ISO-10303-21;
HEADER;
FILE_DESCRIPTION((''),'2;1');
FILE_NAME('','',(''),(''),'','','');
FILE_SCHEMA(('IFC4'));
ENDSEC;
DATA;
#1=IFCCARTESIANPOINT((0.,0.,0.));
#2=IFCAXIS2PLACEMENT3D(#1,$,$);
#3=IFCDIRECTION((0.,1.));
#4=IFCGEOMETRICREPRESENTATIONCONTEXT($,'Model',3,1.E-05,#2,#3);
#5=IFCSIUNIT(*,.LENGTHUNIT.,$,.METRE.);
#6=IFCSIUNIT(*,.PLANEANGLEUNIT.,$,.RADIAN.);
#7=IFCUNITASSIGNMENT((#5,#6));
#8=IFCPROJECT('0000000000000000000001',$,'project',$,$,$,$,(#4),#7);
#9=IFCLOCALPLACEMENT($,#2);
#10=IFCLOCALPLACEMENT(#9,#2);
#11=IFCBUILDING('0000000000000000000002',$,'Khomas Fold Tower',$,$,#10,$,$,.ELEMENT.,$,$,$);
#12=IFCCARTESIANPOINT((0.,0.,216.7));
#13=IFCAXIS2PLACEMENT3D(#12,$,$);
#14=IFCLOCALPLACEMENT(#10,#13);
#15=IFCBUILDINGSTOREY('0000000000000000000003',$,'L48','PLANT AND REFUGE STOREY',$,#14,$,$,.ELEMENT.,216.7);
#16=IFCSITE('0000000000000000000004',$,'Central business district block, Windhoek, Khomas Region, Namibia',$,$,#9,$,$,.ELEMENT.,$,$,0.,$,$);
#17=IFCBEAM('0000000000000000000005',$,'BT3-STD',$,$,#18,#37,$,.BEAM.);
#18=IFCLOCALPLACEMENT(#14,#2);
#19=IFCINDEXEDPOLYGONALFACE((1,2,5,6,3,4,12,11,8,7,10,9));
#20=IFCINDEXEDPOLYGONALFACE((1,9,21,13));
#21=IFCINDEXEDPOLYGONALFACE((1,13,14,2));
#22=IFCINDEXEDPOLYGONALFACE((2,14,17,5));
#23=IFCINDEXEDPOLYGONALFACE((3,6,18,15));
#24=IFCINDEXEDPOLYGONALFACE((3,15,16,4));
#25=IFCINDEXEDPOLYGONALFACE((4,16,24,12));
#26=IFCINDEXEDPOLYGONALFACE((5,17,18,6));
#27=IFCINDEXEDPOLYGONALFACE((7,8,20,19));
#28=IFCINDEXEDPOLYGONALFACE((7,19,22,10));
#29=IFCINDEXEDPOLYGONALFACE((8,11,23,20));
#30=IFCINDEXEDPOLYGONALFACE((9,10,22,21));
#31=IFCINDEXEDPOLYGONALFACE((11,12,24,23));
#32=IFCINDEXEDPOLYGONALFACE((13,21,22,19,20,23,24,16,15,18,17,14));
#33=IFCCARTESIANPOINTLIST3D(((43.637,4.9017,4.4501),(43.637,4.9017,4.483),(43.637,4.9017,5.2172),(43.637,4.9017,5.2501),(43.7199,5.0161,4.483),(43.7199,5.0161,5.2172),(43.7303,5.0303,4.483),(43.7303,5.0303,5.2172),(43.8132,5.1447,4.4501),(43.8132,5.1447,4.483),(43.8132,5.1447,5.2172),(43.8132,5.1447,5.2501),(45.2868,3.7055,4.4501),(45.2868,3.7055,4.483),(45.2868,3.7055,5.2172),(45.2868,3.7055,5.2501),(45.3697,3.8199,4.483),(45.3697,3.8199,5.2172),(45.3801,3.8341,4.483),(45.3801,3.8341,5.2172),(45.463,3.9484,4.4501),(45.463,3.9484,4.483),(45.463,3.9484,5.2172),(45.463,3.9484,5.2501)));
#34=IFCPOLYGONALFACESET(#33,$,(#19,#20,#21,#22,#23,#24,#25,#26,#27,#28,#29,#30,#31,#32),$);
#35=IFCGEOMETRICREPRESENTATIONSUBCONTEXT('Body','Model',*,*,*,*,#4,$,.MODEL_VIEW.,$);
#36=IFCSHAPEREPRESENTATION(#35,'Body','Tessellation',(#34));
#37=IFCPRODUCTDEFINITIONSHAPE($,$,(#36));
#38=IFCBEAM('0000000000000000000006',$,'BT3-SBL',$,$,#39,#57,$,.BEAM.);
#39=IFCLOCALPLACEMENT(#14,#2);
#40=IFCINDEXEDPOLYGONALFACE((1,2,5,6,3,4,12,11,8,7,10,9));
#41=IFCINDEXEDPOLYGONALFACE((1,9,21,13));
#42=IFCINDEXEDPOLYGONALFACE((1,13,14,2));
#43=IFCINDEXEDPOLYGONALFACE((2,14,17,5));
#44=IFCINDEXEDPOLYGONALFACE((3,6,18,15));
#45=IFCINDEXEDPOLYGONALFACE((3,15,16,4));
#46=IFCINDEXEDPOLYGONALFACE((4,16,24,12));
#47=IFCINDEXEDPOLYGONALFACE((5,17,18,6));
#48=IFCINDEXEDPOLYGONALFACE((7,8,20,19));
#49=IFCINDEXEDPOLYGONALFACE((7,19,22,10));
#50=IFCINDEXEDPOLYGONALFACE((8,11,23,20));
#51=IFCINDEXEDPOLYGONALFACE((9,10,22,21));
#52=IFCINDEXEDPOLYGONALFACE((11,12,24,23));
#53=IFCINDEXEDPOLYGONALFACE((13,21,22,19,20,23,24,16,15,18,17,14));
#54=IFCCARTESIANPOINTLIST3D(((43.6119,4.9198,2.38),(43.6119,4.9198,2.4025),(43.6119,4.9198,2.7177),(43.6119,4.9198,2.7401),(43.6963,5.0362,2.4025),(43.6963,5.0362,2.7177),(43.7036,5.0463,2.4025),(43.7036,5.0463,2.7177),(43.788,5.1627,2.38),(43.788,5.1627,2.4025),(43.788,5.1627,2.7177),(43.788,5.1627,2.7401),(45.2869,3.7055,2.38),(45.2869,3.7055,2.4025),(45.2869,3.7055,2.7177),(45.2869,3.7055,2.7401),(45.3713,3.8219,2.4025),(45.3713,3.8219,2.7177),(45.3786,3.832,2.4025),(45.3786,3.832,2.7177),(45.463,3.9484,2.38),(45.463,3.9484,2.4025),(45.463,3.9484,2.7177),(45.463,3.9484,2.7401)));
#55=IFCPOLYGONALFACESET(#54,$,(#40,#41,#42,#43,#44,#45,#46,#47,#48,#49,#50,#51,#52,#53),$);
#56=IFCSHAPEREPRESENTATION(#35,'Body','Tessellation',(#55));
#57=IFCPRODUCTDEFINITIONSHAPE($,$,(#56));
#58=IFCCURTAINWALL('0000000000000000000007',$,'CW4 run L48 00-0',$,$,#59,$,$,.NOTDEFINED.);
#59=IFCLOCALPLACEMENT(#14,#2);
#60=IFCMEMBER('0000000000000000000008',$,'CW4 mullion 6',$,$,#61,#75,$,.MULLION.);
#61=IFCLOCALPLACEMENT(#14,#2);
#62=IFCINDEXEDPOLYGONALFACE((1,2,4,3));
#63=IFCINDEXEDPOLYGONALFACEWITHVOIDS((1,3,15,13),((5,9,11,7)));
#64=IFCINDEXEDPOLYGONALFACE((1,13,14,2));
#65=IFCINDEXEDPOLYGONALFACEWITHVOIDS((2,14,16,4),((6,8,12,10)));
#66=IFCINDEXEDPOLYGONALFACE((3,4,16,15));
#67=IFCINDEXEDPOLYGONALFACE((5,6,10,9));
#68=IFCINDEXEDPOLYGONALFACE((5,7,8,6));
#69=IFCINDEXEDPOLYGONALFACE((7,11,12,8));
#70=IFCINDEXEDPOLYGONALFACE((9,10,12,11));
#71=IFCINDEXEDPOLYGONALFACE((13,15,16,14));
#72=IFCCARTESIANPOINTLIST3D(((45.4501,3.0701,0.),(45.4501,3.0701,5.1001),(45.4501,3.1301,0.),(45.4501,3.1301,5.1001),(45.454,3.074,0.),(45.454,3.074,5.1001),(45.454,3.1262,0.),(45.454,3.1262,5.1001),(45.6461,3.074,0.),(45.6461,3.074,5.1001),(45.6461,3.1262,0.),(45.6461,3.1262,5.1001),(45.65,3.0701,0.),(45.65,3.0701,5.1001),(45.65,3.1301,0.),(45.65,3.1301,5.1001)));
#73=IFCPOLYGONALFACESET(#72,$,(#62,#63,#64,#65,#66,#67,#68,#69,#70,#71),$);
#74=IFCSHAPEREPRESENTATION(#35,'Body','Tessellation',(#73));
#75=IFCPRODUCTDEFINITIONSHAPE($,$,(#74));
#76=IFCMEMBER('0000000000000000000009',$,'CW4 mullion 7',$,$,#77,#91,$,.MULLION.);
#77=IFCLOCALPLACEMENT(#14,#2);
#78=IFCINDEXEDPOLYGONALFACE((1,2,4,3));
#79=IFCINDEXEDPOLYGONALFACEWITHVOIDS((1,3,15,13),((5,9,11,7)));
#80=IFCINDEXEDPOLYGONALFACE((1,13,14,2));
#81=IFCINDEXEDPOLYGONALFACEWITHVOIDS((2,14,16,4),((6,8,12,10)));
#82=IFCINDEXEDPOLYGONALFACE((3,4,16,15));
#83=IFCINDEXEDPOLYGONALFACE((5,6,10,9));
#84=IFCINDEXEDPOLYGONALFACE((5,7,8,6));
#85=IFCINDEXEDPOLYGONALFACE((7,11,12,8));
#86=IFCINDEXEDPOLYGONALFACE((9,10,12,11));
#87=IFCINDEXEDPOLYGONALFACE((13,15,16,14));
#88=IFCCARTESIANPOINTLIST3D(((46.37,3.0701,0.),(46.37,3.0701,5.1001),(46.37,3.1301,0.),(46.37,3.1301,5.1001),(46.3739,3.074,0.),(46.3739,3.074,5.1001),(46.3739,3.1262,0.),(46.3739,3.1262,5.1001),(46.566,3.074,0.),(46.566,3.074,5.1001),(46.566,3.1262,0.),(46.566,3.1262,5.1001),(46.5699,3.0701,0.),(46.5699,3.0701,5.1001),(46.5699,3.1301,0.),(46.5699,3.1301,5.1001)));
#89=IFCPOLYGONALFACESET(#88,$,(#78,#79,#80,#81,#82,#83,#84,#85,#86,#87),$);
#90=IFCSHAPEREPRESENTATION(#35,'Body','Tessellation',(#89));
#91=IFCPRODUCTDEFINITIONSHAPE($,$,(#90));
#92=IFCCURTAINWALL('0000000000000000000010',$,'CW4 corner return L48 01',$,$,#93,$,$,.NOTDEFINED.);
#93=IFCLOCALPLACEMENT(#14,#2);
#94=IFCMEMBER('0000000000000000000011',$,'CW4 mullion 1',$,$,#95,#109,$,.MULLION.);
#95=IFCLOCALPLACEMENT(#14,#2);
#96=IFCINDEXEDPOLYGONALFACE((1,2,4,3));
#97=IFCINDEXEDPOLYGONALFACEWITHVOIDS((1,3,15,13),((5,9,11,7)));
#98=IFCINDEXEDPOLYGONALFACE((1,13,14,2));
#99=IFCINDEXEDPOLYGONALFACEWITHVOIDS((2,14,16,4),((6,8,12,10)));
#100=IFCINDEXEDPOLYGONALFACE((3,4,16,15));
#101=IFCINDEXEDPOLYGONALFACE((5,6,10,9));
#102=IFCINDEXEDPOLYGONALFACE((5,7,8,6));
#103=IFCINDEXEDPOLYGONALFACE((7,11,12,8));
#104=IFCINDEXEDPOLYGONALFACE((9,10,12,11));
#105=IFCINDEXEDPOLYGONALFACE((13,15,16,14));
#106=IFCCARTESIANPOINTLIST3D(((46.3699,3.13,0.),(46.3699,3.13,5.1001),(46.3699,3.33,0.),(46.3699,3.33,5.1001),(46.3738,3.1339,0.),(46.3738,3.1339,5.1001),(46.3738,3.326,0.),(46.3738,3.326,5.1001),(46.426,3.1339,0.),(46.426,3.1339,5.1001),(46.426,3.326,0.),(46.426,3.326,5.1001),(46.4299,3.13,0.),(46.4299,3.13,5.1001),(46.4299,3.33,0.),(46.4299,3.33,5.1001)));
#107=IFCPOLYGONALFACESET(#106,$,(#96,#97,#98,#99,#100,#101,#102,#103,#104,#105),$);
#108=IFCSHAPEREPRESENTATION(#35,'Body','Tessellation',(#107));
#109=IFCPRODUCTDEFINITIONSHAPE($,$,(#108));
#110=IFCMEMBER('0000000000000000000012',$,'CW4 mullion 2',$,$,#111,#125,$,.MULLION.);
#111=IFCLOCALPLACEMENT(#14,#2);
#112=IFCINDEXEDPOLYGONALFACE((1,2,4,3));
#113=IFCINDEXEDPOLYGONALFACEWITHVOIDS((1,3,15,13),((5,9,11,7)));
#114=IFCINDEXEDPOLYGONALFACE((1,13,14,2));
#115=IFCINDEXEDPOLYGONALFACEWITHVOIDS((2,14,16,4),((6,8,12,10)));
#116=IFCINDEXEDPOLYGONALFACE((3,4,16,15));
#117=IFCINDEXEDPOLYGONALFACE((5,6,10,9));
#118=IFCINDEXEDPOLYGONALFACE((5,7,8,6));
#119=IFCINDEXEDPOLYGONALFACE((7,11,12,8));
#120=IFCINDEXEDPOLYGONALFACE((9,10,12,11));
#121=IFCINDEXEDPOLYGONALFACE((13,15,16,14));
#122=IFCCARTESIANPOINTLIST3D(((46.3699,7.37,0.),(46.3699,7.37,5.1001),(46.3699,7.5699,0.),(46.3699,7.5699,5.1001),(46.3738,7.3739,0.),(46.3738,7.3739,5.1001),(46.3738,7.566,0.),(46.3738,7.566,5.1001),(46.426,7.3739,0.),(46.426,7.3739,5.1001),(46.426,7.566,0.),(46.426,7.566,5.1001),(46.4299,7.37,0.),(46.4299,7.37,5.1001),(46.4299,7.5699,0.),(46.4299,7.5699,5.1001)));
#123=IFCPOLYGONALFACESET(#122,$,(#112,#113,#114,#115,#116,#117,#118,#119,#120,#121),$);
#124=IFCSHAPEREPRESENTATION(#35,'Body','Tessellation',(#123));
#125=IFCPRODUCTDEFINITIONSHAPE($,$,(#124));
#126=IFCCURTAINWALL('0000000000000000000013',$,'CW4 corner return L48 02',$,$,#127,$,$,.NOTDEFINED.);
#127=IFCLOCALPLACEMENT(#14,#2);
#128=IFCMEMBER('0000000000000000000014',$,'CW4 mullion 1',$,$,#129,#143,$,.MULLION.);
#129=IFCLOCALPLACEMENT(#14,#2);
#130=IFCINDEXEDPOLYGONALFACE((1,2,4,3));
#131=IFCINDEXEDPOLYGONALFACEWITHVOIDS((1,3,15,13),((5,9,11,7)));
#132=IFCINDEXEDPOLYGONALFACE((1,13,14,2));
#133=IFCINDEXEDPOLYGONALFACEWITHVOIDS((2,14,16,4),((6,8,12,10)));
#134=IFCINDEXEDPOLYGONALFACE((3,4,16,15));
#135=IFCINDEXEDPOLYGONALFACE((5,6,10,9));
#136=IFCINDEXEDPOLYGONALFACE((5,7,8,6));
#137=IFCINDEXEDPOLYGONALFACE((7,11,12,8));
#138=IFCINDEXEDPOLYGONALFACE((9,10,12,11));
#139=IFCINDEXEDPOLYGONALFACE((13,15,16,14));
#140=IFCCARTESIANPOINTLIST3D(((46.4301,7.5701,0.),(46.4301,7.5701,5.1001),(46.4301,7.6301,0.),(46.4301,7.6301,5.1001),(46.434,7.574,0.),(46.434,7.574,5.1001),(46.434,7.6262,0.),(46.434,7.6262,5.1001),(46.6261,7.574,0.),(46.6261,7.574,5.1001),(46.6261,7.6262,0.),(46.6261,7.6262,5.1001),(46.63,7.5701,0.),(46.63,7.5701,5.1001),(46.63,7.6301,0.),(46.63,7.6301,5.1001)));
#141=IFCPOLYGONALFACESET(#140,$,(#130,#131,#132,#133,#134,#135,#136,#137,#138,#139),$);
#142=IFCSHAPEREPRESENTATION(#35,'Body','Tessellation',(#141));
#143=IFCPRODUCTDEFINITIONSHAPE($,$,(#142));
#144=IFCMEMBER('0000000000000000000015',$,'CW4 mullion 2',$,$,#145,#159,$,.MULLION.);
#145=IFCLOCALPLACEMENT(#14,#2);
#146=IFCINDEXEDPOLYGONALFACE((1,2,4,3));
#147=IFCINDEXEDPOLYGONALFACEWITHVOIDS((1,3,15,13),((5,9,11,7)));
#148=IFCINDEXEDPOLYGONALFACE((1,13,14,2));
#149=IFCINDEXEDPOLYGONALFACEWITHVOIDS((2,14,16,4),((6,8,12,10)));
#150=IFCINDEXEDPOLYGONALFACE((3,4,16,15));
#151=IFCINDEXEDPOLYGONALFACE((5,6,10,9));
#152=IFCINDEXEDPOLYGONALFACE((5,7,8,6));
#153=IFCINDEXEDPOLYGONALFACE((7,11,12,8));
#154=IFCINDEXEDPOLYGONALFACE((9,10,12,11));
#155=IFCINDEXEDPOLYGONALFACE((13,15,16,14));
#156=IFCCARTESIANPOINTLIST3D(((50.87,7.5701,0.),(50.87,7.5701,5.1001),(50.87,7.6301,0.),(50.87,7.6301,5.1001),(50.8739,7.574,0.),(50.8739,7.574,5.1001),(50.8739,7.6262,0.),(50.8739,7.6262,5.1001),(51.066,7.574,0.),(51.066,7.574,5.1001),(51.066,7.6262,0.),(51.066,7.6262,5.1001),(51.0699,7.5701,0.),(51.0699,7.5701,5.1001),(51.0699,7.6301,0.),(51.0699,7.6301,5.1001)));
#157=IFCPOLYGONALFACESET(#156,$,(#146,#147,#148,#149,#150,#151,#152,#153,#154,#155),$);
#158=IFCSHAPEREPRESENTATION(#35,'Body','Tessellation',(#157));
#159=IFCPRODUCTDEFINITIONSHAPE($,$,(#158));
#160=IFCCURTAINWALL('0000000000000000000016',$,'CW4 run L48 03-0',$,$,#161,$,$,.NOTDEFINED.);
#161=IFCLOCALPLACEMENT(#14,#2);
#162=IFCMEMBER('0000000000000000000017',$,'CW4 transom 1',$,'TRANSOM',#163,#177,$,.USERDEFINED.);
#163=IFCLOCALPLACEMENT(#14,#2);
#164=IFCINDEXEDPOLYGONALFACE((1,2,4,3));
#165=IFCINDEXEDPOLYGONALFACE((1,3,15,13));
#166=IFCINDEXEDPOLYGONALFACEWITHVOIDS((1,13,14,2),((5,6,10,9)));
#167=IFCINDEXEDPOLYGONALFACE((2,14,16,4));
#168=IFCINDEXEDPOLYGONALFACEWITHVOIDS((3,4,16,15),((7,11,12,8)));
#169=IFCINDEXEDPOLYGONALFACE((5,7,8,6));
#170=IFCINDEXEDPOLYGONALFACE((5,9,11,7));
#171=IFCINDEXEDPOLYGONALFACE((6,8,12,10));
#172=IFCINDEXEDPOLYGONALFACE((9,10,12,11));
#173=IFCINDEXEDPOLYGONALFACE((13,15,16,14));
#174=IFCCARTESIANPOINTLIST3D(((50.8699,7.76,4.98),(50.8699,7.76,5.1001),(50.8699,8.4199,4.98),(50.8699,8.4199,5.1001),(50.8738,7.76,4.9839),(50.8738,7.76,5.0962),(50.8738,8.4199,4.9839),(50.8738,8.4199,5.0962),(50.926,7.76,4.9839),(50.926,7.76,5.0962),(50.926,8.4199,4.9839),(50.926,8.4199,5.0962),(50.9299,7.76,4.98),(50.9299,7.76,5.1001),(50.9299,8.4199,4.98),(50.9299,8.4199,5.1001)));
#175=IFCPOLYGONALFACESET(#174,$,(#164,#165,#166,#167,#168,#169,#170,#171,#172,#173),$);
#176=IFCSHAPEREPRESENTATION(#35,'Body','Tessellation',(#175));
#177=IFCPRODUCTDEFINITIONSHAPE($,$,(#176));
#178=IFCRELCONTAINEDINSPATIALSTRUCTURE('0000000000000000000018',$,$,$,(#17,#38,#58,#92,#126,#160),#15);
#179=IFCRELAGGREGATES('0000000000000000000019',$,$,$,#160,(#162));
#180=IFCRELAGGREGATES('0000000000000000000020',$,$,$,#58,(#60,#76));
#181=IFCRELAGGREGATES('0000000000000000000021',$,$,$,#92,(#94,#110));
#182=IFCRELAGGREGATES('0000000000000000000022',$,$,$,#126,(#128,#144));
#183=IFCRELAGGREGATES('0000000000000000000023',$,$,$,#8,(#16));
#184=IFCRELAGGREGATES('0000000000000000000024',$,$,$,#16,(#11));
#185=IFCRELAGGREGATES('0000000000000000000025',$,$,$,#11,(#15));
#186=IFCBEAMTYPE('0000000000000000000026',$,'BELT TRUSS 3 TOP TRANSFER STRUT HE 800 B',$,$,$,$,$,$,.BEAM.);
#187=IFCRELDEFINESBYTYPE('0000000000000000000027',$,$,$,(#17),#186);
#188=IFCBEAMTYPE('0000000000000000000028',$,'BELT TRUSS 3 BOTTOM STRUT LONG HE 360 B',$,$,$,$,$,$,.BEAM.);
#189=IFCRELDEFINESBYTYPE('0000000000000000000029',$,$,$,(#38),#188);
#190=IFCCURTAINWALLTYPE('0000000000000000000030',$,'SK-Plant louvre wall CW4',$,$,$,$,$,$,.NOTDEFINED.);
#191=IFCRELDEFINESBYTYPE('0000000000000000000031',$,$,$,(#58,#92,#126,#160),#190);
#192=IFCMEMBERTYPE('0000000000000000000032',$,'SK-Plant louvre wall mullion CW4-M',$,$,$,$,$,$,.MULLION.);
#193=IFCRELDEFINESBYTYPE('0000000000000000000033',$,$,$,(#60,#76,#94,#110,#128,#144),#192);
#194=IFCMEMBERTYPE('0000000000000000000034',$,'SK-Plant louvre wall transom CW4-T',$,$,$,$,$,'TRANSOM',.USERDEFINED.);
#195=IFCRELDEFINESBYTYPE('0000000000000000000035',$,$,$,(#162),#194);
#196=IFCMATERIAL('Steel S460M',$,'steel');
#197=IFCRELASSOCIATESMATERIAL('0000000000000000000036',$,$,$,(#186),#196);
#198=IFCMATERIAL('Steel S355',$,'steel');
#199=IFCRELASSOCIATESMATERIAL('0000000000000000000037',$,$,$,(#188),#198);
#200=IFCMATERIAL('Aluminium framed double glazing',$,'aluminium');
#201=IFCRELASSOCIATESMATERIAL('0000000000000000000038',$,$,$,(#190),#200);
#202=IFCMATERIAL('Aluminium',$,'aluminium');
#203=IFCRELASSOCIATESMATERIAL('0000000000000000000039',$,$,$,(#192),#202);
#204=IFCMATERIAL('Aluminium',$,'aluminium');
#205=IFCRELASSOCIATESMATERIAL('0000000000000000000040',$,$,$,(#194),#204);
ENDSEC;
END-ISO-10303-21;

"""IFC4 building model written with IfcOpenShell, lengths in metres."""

from ifc_helpers import new_model, si_unit, direction, frame, origin, origin_2d, place, context, subcontext, project, spatial, hollow_rectangle, i_section, extrude, source, transform, mapped, material, material_profile, profile_set, type_object, element, aggregate, save


model = new_model("IFC4")

# Units and contexts
model_context = context("Model", 3, precision=1e-05, world=origin(), true_north=direction((0.0, 1.0)))
body_context = subcontext(model_context, "Body", "Model", "MODEL_VIEW")
ifc_project = project(units=[si_unit("LENGTHUNIT", "METRE"), si_unit("PLANEANGLEUNIT", "RADIAN")], contexts=[model_context])

# Site, building, storey
site_placement = place(None, origin())
site = spatial("IfcSite", under=ifc_project, at=site_placement, Name="Central business district block, Windhoek, Khomas Region, Namibia", CompositionType="ELEMENT", RefElevation=0.0)
building_placement = place(site_placement, origin())
building = spatial("IfcBuilding", under=site, at=building_placement, Name="Khomas Fold Tower", CompositionType="ELEMENT")
storey_placement = place(building_placement, frame((0.0, 0.0, 216.7)))
storey = spatial("IfcBuildingStorey", under=building, at=storey_placement, Name="L48", Description="PLANT AND REFUGE STOREY", CompositionType="ELEMENT", Elevation=216.7)

# Beams
ifc_material_1 = material(Name="Steel S460M", Category="steel")
ifc_material_profile_1 = material_profile(ifc_material_1, i_section(OverallWidth=0.3, OverallDepth=0.8, WebThickness=0.0176, FlangeThickness=0.033, at=origin_2d()), Name="HE 800 B")
ifc_profile_set_1 = profile_set([ifc_material_profile_1], Name="Steel S460M")
beam_type_1 = type_object("IfcBeamType", Name="BELT TRUSS 3 TOP TRANSFER STRUT HE 800 B", PredefinedType="BEAM", material=ifc_profile_set_1)
shared_shape_1 = source(origin(), body_context, "Body", "SweptSolid", [
    extrude(i_section(OverallWidth=0.3, OverallDepth=0.8, WebThickness=0.0176, FlangeThickness=0.033, at=origin_2d()), origin(), (0.0, 0.0, 1.0), 2.0378),
])
beam_1_placement = place(storey_placement, frame((43.7251, 5.0232, 4.8501), z_axis=(0.809585, -0.587003, 0.0), x_axis=(0.587003, 0.809585, 0.0)))
element("IfcBeam", 1, at=beam_1_placement, inside=storey, type_object=beam_type_1, Name="BT3-STD", PredefinedType="BEAM", context=body_context, shape_type="MappedRepresentation", body=[
    mapped(shared_shape_1, transform((0.0, 0.0, 0.0))),
])
ifc_material_2 = material(Name="Steel S355", Category="steel")
ifc_material_profile_2 = material_profile(ifc_material_2, i_section(OverallWidth=0.3, OverallDepth=0.3601, WebThickness=0.0125, FlangeThickness=0.0225, at=origin_2d()), Name="HE 360 B")
ifc_profile_set_2 = profile_set([ifc_material_profile_2], Name="Steel S355")
beam_type_2 = type_object("IfcBeamType", Name="BELT TRUSS 3 BOTTOM STRUT LONG HE 360 B", PredefinedType="BEAM", material=ifc_profile_set_2)
shared_shape_2 = source(origin(), body_context, "Body", "SweptSolid", [
    extrude(i_section(OverallWidth=0.3, OverallDepth=0.3601, WebThickness=0.0125, FlangeThickness=0.0225, at=origin_2d()), origin(), (0.0, 0.0, 1.0), 2.0688),
])
beam_2_placement = place(storey_placement, frame((43.7, 5.0413, 2.5601), z_axis=(0.809623, -0.58695, 0.0), x_axis=(0.58695, 0.809623, 0.0)))
element("IfcBeam", 2, at=beam_2_placement, inside=storey, type_object=beam_type_2, Name="BT3-SBL", PredefinedType="BEAM", context=body_context, shape_type="MappedRepresentation", body=[
    mapped(shared_shape_2, transform((0.0, 0.0, 0.0))),
])

# Curtain walls, members
ifc_material_3 = material(Name="Aluminium framed double glazing", Category="aluminium")
curtain_wall_type = type_object("IfcCurtainWallType", Name="SK-Plant louvre wall CW4", PredefinedType="NOTDEFINED", material=ifc_material_3)
curtain_wall_1_placement = place(storey_placement, origin())
curtain_wall_1 = element("IfcCurtainWall", 3, at=curtain_wall_1_placement, inside=storey, type_object=curtain_wall_type, Name="CW4 run L48 00-0", PredefinedType="NOTDEFINED")
ifc_material_4 = material(Name="Aluminium", Category="aluminium")
ifc_material_profile_3 = material_profile(ifc_material_4, hollow_rectangle(XDim=0.0601, YDim=0.2, WallThickness=0.0039, at=origin_2d()), Name="SK-Plant louvre wall mullion CW4-M")
ifc_profile_set_3 = profile_set([ifc_material_profile_3], Name="Aluminium")
member_type_1 = type_object("IfcMemberType", Name="SK-Plant louvre wall mullion CW4-M", PredefinedType="MULLION", material=ifc_profile_set_3)
shared_shape_3 = source(origin(), body_context, "Body", "SweptSolid", [
    extrude(hollow_rectangle(XDim=0.0601, YDim=0.2, WallThickness=0.0039, at=origin_2d()), origin(), (0.0, 0.0, 1.0), 5.1001),
])
member_1_placement = place(storey_placement, frame((45.55, 3.1001, 0.0), z_axis=(0.0, 0.0, 1.0), x_axis=(0.0, 1.0, 0.0)))
member_1 = element("IfcMember", 4, at=member_1_placement, type_object=member_type_1, Name="CW4 mullion 6", PredefinedType="MULLION", context=body_context, shape_type="MappedRepresentation", body=[
    mapped(shared_shape_3, transform((0.0, 0.0, 0.0))),
])
member_2_placement = place(storey_placement, frame((46.47, 3.1001, 0.0), z_axis=(0.0, 0.0, 1.0), x_axis=(0.0, 1.0, 0.0)))
member_2 = element("IfcMember", 5, at=member_2_placement, type_object=member_type_1, Name="CW4 mullion 7", PredefinedType="MULLION", context=body_context, shape_type="MappedRepresentation", body=[
    mapped(shared_shape_3, transform((0.0, 0.0, 0.0))),
])
curtain_wall_2_placement = place(storey_placement, origin())
curtain_wall_2 = element("IfcCurtainWall", 6, at=curtain_wall_2_placement, inside=storey, type_object=curtain_wall_type, Name="CW4 corner return L48 01", PredefinedType="NOTDEFINED")
member_3_placement = place(storey_placement, frame((46.3999, 3.23, 0.0), z_axis=(0.0, 0.0, 1.0), x_axis=(-1.0, 0.0, 0.0)))
member_3 = element("IfcMember", 7, at=member_3_placement, type_object=member_type_1, Name="CW4 mullion 1", PredefinedType="MULLION", context=body_context, shape_type="MappedRepresentation", body=[
    mapped(shared_shape_3, transform((0.0, 0.0, 0.0))),
])
member_4_placement = place(storey_placement, frame((46.3999, 7.47, 0.0), z_axis=(0.0, 0.0, 1.0), x_axis=(-1.0, 0.0, 0.0)))
member_4 = element("IfcMember", 8, at=member_4_placement, type_object=member_type_1, Name="CW4 mullion 2", PredefinedType="MULLION", context=body_context, shape_type="MappedRepresentation", body=[
    mapped(shared_shape_3, transform((0.0, 0.0, 0.0))),
])
curtain_wall_3_placement = place(storey_placement, origin())
curtain_wall_3 = element("IfcCurtainWall", 9, at=curtain_wall_3_placement, inside=storey, type_object=curtain_wall_type, Name="CW4 corner return L48 02", PredefinedType="NOTDEFINED")
member_5_placement = place(storey_placement, frame((46.53, 7.6001, 0.0), z_axis=(0.0, 0.0, 1.0), x_axis=(0.0, 1.0, 0.0)))
member_5 = element("IfcMember", 10, at=member_5_placement, type_object=member_type_1, Name="CW4 mullion 1", PredefinedType="MULLION", context=body_context, shape_type="MappedRepresentation", body=[
    mapped(shared_shape_3, transform((0.0, 0.0, 0.0))),
])
member_6_placement = place(storey_placement, frame((50.97, 7.6001, 0.0), z_axis=(0.0, 0.0, 1.0), x_axis=(0.0, 1.0, 0.0)))
member_6 = element("IfcMember", 11, at=member_6_placement, type_object=member_type_1, Name="CW4 mullion 2", PredefinedType="MULLION", context=body_context, shape_type="MappedRepresentation", body=[
    mapped(shared_shape_3, transform((0.0, 0.0, 0.0))),
])

# Curtain wall, member
curtain_wall_4_placement = place(storey_placement, origin())
curtain_wall_4 = element("IfcCurtainWall", 12, at=curtain_wall_4_placement, inside=storey, type_object=curtain_wall_type, Name="CW4 run L48 03-0", PredefinedType="NOTDEFINED")
ifc_material_5 = material(Name="Aluminium", Category="aluminium")
ifc_material_profile_4 = material_profile(ifc_material_5, hollow_rectangle(XDim=0.0601, YDim=0.1201, WallThickness=0.0039, at=origin_2d()), Name="SK-Plant louvre wall transom CW4-T")
ifc_profile_set_4 = profile_set([ifc_material_profile_4], Name="Aluminium")
member_type_2 = type_object("IfcMemberType", Name="SK-Plant louvre wall transom CW4-T", ElementType="TRANSOM", PredefinedType="USERDEFINED", material=ifc_profile_set_4)
shared_shape_4 = source(origin(), body_context, "Body", "SweptSolid", [
    extrude(hollow_rectangle(XDim=0.0601, YDim=0.1201, WallThickness=0.0039, at=origin_2d()), origin(), (0.0, 0.0, 1.0), 0.6599),
])
member_7_placement = place(storey_placement, frame((50.8999, 7.76, 5.04), z_axis=(0.0, 1.0, 0.0), x_axis=(-1.0, 0.0, 0.0)))
member_7 = element("IfcMember", 13, at=member_7_placement, type_object=member_type_2, Name="CW4 transom 1", ObjectType="TRANSOM", PredefinedType="USERDEFINED", context=body_context, shape_type="MappedRepresentation", body=[
    mapped(shared_shape_4, transform((0.0, 0.0, 0.0))),
])

aggregate(curtain_wall_4, [member_7])
aggregate(curtain_wall_1, [member_1, member_2])
aggregate(curtain_wall_2, [member_3, member_4])
aggregate(curtain_wall_3, [member_5, member_6])

save(model, "model.ifc")
